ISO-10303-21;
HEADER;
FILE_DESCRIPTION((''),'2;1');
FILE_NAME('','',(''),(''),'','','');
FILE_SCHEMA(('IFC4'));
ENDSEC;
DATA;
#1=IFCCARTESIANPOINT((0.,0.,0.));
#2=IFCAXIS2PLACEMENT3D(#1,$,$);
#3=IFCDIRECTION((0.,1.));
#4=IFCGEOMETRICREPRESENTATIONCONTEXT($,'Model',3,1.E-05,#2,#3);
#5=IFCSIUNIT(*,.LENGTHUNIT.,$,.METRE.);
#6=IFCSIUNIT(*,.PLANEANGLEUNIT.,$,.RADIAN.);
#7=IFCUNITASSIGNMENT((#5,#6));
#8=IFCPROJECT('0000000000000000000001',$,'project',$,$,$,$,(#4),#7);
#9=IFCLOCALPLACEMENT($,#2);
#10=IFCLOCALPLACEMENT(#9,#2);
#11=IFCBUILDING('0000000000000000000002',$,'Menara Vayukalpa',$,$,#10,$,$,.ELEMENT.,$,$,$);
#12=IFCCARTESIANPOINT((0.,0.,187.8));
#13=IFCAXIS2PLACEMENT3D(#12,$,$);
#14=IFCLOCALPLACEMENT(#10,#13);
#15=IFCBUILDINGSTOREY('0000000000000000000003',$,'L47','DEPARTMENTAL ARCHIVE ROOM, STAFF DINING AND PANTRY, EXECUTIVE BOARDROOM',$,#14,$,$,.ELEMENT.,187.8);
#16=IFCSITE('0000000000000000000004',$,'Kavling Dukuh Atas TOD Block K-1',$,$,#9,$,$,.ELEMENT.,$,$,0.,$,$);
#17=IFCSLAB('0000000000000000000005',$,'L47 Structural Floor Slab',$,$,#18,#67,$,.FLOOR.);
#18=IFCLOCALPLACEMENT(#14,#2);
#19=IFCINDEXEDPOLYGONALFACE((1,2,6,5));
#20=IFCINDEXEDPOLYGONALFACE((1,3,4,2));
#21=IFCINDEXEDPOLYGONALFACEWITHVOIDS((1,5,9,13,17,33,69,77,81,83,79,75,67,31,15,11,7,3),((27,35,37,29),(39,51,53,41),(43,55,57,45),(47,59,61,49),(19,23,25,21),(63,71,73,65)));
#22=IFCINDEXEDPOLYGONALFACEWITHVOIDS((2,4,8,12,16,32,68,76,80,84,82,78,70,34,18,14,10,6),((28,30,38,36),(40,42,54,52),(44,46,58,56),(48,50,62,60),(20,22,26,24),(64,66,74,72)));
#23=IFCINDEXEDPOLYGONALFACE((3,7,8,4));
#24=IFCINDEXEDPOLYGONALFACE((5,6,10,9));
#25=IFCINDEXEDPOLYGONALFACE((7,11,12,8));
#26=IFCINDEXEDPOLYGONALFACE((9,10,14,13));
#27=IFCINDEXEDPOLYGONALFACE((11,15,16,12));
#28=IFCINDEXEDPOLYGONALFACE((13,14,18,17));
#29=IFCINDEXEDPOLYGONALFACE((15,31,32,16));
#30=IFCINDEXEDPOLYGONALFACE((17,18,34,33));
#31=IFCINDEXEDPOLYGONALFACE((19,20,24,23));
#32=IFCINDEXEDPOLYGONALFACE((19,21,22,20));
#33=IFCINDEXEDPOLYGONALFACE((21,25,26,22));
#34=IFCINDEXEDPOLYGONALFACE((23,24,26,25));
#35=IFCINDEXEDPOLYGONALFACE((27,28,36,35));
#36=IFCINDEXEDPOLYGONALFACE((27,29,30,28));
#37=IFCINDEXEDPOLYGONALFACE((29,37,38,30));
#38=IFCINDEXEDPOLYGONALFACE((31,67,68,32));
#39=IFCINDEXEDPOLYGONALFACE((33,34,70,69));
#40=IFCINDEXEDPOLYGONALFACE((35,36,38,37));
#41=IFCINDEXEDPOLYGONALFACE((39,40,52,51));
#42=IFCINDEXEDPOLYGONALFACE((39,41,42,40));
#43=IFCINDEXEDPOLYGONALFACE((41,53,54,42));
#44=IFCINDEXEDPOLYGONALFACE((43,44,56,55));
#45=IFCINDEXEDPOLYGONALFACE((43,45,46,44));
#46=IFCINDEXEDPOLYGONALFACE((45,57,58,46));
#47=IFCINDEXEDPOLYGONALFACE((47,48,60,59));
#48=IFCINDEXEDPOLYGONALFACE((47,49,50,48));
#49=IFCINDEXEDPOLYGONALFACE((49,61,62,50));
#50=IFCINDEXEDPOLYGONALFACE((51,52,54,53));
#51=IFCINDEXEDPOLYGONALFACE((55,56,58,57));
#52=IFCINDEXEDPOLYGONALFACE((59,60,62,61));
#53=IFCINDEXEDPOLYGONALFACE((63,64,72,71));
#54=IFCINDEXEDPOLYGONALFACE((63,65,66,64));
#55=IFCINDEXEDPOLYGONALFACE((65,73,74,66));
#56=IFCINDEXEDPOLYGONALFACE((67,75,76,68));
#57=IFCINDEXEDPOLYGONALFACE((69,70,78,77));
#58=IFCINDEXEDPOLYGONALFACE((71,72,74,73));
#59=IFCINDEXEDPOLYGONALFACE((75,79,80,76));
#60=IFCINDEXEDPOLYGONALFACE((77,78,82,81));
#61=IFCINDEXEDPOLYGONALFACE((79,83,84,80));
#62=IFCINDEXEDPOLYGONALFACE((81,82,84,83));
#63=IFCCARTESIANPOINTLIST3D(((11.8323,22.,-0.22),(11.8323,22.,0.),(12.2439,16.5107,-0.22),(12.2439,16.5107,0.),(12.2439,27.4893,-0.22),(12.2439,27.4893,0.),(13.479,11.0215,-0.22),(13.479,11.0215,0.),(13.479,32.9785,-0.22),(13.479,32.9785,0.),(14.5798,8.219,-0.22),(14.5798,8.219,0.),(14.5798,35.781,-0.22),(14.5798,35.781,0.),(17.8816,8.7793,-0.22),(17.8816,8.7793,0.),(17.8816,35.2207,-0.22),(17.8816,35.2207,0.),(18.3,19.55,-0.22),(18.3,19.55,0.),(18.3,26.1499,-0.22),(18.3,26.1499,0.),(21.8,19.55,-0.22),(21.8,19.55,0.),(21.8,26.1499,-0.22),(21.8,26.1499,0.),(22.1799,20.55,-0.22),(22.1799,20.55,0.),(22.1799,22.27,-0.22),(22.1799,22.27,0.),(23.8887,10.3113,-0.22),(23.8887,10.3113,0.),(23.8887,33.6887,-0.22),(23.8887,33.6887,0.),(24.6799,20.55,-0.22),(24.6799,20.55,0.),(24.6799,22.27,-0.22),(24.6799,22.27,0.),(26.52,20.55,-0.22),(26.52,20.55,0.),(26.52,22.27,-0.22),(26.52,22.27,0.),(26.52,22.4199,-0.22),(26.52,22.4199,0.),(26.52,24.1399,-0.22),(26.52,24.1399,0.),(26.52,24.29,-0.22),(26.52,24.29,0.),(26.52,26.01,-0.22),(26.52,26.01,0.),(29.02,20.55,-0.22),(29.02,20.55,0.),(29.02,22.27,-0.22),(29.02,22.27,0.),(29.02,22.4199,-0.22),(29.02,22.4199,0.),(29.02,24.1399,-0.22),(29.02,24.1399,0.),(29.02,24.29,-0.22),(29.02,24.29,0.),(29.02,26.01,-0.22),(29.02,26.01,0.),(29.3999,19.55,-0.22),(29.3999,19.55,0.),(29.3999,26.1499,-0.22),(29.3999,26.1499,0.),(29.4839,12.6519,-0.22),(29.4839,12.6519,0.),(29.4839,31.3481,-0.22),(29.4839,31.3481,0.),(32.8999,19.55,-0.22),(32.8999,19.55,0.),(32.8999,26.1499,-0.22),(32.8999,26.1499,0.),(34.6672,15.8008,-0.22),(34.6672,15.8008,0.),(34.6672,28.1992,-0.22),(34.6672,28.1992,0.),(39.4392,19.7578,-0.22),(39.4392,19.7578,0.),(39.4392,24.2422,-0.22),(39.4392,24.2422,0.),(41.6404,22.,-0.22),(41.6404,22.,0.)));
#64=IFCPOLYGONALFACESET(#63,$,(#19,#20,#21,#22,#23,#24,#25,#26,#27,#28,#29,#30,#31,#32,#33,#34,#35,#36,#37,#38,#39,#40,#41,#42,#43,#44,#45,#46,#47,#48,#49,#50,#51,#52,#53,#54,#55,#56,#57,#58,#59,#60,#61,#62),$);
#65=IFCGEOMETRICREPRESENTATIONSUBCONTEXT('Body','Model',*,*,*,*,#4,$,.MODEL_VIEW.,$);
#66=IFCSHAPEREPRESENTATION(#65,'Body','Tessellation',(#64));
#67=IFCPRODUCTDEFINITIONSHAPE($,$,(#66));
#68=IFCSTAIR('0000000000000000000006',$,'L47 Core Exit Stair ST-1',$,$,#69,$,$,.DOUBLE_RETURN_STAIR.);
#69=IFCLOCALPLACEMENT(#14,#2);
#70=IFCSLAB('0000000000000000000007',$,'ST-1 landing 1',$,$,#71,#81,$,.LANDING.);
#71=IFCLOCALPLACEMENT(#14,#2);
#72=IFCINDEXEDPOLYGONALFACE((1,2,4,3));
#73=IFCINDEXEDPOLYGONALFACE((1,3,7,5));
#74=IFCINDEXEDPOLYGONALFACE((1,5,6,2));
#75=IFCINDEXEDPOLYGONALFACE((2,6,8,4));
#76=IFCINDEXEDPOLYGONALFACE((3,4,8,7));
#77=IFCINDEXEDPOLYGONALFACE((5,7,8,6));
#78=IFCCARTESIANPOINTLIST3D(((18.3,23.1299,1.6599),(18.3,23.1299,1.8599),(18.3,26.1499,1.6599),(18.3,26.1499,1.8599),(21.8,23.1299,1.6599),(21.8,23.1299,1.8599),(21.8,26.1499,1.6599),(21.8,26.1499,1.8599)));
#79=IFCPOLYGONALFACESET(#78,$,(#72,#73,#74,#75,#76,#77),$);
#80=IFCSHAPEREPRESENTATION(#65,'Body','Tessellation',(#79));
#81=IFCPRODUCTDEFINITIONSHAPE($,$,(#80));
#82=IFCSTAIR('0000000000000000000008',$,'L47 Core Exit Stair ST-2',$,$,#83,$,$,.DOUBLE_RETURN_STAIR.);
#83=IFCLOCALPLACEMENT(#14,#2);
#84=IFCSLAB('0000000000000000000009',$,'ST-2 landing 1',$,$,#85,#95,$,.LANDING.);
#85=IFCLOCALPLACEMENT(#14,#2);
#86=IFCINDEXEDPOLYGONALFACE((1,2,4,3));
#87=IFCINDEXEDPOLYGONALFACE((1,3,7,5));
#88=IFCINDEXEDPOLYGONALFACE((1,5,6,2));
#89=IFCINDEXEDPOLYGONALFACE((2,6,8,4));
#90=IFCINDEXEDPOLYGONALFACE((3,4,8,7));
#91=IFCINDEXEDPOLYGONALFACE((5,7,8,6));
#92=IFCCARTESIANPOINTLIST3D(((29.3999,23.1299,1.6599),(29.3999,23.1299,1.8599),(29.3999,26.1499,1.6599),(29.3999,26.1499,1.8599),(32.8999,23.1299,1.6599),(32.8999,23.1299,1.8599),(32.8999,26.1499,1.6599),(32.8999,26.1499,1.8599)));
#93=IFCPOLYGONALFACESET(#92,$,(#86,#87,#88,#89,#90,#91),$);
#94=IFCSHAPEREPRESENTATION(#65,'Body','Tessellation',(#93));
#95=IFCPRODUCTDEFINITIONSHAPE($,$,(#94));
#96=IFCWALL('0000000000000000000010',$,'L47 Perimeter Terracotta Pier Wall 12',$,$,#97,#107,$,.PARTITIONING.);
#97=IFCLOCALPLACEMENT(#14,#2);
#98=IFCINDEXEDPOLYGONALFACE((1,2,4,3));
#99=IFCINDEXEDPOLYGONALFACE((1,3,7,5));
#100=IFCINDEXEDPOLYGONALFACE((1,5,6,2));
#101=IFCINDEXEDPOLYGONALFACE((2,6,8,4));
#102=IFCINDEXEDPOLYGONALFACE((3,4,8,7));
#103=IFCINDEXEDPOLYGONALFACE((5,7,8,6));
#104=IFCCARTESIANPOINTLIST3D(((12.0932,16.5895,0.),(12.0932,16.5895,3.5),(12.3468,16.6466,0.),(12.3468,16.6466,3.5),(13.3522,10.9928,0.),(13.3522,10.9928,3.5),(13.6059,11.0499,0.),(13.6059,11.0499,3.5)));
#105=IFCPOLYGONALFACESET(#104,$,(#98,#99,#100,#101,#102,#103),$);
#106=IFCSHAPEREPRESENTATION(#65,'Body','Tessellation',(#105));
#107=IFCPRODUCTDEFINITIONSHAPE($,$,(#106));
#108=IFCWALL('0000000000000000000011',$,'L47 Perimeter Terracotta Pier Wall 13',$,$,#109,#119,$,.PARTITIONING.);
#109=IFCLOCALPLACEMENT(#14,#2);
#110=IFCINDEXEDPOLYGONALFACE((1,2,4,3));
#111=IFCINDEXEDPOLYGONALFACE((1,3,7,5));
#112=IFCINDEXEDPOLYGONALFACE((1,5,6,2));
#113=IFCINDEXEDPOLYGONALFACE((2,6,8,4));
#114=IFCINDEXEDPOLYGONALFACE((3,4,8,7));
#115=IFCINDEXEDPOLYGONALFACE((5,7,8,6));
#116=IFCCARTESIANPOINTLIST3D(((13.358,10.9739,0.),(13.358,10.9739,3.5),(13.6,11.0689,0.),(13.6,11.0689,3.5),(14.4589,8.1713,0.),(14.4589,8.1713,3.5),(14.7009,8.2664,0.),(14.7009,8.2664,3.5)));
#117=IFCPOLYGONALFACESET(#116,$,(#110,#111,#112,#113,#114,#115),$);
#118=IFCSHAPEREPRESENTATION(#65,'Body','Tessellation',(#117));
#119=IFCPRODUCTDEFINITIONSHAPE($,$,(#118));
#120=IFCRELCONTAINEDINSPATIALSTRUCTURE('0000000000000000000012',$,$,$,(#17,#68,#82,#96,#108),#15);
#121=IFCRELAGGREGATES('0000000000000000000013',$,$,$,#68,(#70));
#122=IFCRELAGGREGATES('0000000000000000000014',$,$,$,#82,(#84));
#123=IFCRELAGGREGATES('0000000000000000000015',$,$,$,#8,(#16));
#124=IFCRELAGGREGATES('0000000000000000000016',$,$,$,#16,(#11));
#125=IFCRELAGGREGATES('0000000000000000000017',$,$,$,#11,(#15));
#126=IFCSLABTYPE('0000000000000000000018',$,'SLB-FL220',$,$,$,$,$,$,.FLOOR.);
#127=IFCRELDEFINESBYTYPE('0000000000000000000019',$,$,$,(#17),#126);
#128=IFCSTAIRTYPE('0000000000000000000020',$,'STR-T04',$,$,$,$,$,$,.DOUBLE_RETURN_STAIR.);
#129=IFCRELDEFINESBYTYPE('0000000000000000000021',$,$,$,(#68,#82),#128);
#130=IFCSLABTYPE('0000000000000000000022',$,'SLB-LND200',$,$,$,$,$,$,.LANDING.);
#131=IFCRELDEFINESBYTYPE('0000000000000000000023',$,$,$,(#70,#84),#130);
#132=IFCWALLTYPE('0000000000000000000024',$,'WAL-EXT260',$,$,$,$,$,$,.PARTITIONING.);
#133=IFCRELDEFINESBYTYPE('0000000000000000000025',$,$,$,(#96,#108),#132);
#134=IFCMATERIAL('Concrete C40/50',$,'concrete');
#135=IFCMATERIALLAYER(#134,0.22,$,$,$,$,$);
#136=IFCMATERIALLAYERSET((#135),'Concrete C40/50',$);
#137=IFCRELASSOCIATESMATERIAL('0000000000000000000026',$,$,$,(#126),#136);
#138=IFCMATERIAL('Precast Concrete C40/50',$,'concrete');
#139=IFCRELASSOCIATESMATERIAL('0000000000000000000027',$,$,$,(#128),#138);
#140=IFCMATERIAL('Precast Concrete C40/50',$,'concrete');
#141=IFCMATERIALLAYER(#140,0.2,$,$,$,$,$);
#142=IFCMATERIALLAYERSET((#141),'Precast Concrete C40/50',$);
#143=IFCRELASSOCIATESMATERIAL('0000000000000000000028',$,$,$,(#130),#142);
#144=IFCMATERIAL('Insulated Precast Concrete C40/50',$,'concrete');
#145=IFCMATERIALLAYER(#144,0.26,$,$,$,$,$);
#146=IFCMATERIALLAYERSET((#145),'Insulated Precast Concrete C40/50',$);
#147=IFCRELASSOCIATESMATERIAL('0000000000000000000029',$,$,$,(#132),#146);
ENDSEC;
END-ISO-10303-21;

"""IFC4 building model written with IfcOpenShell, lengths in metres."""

from ifc_helpers import new_model, si_unit, direction, frame, frame_2d, origin, place, context, subcontext, project, spatial, polyline, rectangle, outline, extrude, material, layer, layer_set, type_object, element, aggregate, save


model = new_model("IFC4")

# Units and contexts
model_context = context("Model", 3, precision=1e-05, world=origin(), true_north=direction((0.0, 1.0)))
body_context = subcontext(model_context, "Body", "Model", "MODEL_VIEW")
ifc_project = project(units=[si_unit("LENGTHUNIT", "METRE"), si_unit("PLANEANGLEUNIT", "RADIAN")], contexts=[model_context])

# Site, building, storey
site_placement = place(None, origin())
site = spatial("IfcSite", under=ifc_project, at=site_placement, Name="Kavling Dukuh Atas TOD Block K-1", CompositionType="ELEMENT", RefElevation=0.0)
building_placement = place(site_placement, origin())
building = spatial("IfcBuilding", under=site, at=building_placement, Name="Menara Vayukalpa", CompositionType="ELEMENT")
storey_placement = place(building_placement, frame((0.0, 0.0, 187.8)))
storey = spatial("IfcBuildingStorey", under=building, at=storey_placement, Name="L47", Description="DEPARTMENTAL ARCHIVE ROOM, STAFF DINING AND PANTRY, EXECUTIVE BOARDROOM", CompositionType="ELEMENT", Elevation=187.8)

# Slab
ifc_material_1 = material(Name="Concrete C40/50", Category="concrete")
ifc_layer_1 = layer(ifc_material_1, 0.22)
ifc_layer_set_1 = layer_set([ifc_layer_1], Name="Concrete C40/50")
slab_type_1 = type_object("IfcSlabType", Name="SLB-FL220", PredefinedType="FLOOR", material=ifc_layer_set_1)
slab_1_placement = place(storey_placement, frame((0.0, 0.0, -0.22)))
element("IfcSlab", 1, at=slab_1_placement, inside=storey, type_object=slab_type_1, Name="L47 Structural Floor Slab", PredefinedType="FLOOR", context=body_context, shape_type="SweptSolid", body=[
    extrude(outline(polyline([(39.4392, 19.7578), (41.6404, 22.0), (39.4392, 24.2422), (34.6672, 28.1992), (29.4839, 31.3481), (23.8887, 33.6887), (17.8816, 35.2207), (14.5798, 35.781), (13.479, 32.9785), (12.2439, 27.4893), (11.8323, 22.0), (12.2439, 16.5107), (13.479, 11.0215), (14.5798, 8.219), (17.8816, 8.7793), (23.8887, 10.3113), (29.4839, 12.6519), (34.6672, 15.8008), (39.4392, 19.7578)]), holes=[polyline([(21.8, 19.55), (21.8, 26.1499), (18.3, 26.1499), (18.3, 19.55), (21.8, 19.55)]), polyline([(32.8999, 19.55), (32.8999, 26.1499), (29.3999, 26.1499), (29.3999, 19.55), (32.8999, 19.55)]), polyline([(22.1799, 20.55), (24.6799, 20.55), (24.6799, 22.27), (22.1799, 22.27), (22.1799, 20.55)]), polyline([(26.52, 20.55), (29.02, 20.55), (29.02, 22.27), (26.52, 22.27), (26.52, 20.55)]), polyline([(26.52, 24.29), (29.02, 24.29), (29.02, 26.01), (26.52, 26.01), (26.52, 24.29)]), polyline([(26.52, 22.4199), (29.02, 22.4199), (29.02, 24.1399), (26.52, 24.1399), (26.52, 22.4199)])]), origin(), (0.0, 0.0, 1.0), 0.22),
])

# Stairs, slabs
ifc_material_2 = material(Name="Precast Concrete C40/50", Category="concrete")
stair_type = type_object("IfcStairType", Name="STR-T04", PredefinedType="DOUBLE_RETURN_STAIR", material=ifc_material_2)
stair_1_placement = place(storey_placement, origin())
stair_1 = element("IfcStair", 2, at=stair_1_placement, inside=storey, type_object=stair_type, Name="L47 Core Exit Stair ST-1", PredefinedType="DOUBLE_RETURN_STAIR")
ifc_material_3 = material(Name="Precast Concrete C40/50", Category="concrete")
ifc_layer_2 = layer(ifc_material_3, 0.2)
ifc_layer_set_2 = layer_set([ifc_layer_2], Name="Precast Concrete C40/50")
slab_type_2 = type_object("IfcSlabType", Name="SLB-LND200", PredefinedType="LANDING", material=ifc_layer_set_2)
slab_2_placement = place(storey_placement, frame((0.0, 0.0, 1.6599)))
slab_2 = element("IfcSlab", 3, at=slab_2_placement, type_object=slab_type_2, Name="ST-1 landing 1", PredefinedType="LANDING", context=body_context, shape_type="SweptSolid", body=[
    extrude(outline(polyline([(21.8, 23.1299), (21.8, 26.1499), (18.3, 26.1499), (18.3, 23.1299), (21.8, 23.1299)])), origin(), (0.0, 0.0, 1.0), 0.2),
])
aggregate(stair_1, [slab_2])
stair_2_placement = place(storey_placement, origin())
stair_2 = element("IfcStair", 4, at=stair_2_placement, inside=storey, type_object=stair_type, Name="L47 Core Exit Stair ST-2", PredefinedType="DOUBLE_RETURN_STAIR")
slab_3_placement = place(storey_placement, frame((0.0, 0.0, 1.6599)))
slab_3 = element("IfcSlab", 5, at=slab_3_placement, type_object=slab_type_2, Name="ST-2 landing 1", PredefinedType="LANDING", context=body_context, shape_type="SweptSolid", body=[
    extrude(outline(polyline([(32.8999, 23.1299), (32.8999, 26.1499), (29.3999, 26.1499), (29.3999, 23.1299), (32.8999, 23.1299)])), origin(), (0.0, 0.0, 1.0), 0.2),
])
aggregate(stair_2, [slab_3])

# Walls
ifc_material_4 = material(Name="Insulated Precast Concrete C40/50", Category="concrete")
ifc_layer_3 = layer(ifc_material_4, 0.26)
ifc_layer_set_3 = layer_set([ifc_layer_3], Name="Insulated Precast Concrete C40/50")
wall_type = type_object("IfcWallType", Name="WAL-EXT260", PredefinedType="PARTITIONING", material=ifc_layer_set_3)
wall_1_placement = place(storey_placement, frame((13.479, 11.0215, 0.0), z_axis=(0.0, 0.0, 1.0), x_axis=(-0.219476, 0.975618, 0.0)))
element("IfcWall", 6, at=wall_1_placement, inside=storey, type_object=wall_type, Name="L47 Perimeter Terracotta Pier Wall 12", PredefinedType="PARTITIONING", context=body_context, shape_type="SweptSolid", body=[
    extrude(rectangle(XDim=5.7366, YDim=0.26, at=frame_2d((2.8682, 0.0))), origin(), (0.0, 0.0, 1.0), 3.5),
])
wall_2_placement = place(storey_placement, frame((14.5798, 8.219, 0.0), z_axis=(0.0, 0.0, 1.0), x_axis=(-0.36561, 0.930768, 0.0)))
element("IfcWall", 7, at=wall_2_placement, inside=storey, type_object=wall_type, Name="L47 Perimeter Terracotta Pier Wall 13", PredefinedType="PARTITIONING", context=body_context, shape_type="SweptSolid", body=[
    extrude(rectangle(XDim=3.011, YDim=0.26, at=frame_2d((1.5054, 0.0))), origin(), (0.0, 0.0, 1.0), 3.5),
])

save(model, "model.ifc")
